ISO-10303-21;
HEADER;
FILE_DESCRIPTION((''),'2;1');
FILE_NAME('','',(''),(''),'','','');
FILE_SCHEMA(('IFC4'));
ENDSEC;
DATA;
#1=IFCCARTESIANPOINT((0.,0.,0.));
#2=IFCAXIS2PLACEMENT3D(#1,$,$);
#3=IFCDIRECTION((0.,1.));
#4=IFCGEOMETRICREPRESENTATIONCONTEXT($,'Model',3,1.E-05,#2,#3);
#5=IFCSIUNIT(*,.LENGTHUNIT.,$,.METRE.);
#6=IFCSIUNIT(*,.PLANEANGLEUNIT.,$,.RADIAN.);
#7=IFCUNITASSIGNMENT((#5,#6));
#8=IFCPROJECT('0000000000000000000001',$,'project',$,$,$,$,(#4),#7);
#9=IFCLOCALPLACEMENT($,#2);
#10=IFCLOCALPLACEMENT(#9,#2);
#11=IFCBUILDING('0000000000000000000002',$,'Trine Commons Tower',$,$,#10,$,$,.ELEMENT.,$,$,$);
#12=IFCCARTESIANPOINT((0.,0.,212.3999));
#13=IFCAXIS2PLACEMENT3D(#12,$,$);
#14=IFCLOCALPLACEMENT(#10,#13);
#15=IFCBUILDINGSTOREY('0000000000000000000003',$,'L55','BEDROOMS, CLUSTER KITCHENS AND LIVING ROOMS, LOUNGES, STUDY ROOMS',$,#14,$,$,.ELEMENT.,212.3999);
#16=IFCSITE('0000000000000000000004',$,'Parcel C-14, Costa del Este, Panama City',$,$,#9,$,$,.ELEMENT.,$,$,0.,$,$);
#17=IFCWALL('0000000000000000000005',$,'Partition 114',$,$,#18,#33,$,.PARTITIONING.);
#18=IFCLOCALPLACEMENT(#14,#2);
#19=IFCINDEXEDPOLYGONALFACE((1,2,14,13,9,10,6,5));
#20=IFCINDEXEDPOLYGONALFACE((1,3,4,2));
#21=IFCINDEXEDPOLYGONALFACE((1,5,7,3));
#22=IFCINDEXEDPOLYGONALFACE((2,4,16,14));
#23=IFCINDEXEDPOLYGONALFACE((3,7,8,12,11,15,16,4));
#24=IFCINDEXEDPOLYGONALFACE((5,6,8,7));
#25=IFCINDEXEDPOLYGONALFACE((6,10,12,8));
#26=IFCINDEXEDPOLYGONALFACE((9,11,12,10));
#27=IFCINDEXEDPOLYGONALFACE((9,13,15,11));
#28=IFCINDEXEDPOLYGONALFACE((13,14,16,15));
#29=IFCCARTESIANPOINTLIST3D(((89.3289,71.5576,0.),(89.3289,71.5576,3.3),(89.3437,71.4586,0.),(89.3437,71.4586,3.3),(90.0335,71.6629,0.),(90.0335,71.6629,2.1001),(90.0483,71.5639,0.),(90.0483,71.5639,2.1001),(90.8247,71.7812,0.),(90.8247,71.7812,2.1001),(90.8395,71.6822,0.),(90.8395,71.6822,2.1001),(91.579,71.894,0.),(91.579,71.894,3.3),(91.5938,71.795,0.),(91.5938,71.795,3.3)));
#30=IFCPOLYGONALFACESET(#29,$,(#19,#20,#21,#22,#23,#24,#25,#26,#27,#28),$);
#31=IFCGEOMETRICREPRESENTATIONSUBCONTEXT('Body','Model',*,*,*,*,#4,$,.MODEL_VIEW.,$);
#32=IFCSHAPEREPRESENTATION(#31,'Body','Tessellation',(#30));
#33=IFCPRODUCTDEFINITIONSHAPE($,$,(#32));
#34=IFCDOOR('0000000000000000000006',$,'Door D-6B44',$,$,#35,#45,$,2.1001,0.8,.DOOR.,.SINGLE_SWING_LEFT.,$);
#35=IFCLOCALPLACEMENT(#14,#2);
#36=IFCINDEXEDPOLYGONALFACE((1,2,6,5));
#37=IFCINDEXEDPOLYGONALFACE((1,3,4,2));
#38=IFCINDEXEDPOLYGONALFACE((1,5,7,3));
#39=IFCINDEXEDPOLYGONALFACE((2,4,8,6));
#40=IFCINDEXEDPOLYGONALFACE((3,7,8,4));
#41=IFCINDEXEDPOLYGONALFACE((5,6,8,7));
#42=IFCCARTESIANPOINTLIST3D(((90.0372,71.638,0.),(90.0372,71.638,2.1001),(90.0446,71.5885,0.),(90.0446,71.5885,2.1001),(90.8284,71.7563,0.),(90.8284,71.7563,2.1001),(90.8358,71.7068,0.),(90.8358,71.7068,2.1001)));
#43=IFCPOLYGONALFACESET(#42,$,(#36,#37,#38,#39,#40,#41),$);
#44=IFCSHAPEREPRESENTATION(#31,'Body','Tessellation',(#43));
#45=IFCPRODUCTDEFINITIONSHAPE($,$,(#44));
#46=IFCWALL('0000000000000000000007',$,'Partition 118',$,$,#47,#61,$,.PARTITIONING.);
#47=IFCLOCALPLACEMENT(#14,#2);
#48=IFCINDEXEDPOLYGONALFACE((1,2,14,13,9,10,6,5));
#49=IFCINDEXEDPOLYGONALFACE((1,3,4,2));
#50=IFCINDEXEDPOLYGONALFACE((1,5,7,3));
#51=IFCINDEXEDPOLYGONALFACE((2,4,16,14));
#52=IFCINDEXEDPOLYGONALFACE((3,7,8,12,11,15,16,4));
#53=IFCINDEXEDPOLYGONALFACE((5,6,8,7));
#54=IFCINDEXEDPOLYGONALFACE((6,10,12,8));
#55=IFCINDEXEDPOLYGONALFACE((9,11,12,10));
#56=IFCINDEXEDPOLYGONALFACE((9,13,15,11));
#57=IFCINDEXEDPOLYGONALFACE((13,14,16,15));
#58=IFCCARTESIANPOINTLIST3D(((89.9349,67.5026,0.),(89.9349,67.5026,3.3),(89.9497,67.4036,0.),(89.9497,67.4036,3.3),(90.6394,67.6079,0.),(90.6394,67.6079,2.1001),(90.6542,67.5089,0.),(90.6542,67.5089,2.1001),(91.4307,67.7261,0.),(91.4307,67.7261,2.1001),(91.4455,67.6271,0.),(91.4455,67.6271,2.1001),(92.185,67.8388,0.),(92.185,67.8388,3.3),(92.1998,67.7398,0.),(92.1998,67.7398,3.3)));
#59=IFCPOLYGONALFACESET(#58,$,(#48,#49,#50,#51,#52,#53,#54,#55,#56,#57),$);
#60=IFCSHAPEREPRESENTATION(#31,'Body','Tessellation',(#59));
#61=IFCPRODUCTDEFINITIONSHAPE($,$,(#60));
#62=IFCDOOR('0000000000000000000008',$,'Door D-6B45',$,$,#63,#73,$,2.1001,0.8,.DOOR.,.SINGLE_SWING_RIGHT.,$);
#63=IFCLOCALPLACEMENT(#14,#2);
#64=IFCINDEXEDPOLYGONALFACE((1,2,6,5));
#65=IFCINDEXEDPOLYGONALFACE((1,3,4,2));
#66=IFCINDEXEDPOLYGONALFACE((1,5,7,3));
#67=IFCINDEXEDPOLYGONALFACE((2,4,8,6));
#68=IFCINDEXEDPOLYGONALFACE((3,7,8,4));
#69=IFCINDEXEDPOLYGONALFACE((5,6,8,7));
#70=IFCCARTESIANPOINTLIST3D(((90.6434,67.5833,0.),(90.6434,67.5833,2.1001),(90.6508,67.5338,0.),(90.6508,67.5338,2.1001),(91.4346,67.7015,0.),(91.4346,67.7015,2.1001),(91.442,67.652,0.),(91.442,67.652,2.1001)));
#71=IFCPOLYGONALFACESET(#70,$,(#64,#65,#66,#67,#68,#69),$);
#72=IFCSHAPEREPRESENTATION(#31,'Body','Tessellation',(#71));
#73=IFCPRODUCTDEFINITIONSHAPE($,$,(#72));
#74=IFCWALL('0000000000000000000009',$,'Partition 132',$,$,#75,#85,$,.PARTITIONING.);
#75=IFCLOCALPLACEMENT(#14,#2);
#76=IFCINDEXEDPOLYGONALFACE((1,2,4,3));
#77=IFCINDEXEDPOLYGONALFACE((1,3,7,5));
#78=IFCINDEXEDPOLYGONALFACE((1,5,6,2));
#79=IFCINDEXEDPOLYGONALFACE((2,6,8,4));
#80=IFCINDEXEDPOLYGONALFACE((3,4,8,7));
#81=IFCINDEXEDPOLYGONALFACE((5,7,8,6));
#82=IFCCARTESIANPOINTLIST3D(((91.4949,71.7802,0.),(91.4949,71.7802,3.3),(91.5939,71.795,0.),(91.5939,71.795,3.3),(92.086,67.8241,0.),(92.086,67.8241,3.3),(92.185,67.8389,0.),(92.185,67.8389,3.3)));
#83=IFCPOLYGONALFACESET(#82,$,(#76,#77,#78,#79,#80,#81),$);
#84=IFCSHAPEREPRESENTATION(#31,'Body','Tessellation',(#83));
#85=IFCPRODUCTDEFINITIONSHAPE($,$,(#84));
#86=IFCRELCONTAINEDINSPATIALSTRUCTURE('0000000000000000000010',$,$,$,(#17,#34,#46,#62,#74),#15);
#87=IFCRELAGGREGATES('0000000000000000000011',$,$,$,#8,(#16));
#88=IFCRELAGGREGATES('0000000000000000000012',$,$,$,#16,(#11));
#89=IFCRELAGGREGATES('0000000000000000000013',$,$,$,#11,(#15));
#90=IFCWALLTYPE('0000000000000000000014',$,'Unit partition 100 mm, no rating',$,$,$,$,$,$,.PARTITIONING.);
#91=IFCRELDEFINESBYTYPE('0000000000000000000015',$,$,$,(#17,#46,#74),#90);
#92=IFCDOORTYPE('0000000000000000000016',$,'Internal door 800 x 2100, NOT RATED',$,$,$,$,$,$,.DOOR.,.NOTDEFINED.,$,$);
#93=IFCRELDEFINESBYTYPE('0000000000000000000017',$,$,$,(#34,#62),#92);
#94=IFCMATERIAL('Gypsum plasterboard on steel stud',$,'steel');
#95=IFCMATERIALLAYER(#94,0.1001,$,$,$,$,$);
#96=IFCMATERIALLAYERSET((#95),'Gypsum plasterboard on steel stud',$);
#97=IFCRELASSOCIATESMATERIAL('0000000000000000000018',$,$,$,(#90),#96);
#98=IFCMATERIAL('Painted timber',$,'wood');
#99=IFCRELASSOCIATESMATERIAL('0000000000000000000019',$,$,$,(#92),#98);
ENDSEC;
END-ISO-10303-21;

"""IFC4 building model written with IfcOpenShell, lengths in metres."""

from ifc_helpers import new_model, si_unit, direction, frame, frame_2d, origin, place, context, subcontext, project, spatial, rectangle, extrude, material, layer, layer_set, type_object, element, fill, save


model = new_model("IFC4")

# Units and contexts
model_context = context("Model", 3, precision=1e-05, world=origin(), true_north=direction((0.0, 1.0)))
body_context = subcontext(model_context, "Body", "Model", "MODEL_VIEW")
ifc_project = project(units=[si_unit("LENGTHUNIT", "METRE"), si_unit("PLANEANGLEUNIT", "RADIAN")], contexts=[model_context])

# Site, building, storey
site_placement = place(None, origin())
site = spatial("IfcSite", under=ifc_project, at=site_placement, Name="Parcel C-14, Costa del Este, Panama City", CompositionType="ELEMENT", RefElevation=0.0)
building_placement = place(site_placement, origin())
building = spatial("IfcBuilding", under=site, at=building_placement, Name="Trine Commons Tower", CompositionType="ELEMENT")
storey_placement = place(building_placement, frame((0.0, 0.0, 212.3999)))
storey = spatial("IfcBuildingStorey", under=building, at=storey_placement, Name="L55", Description="BEDROOMS, CLUSTER KITCHENS AND LIVING ROOMS, LOUNGES, STUDY ROOMS", CompositionType="ELEMENT", Elevation=212.3999)

# Shared definitions
ifc_material_1 = material(Name="Gypsum plasterboard on steel stud", Category="steel")

# Walls, openings, doors
ifc_layer_1 = layer(ifc_material_1, 0.1001)
ifc_layer_set_1 = layer_set([ifc_layer_1], Name="Gypsum plasterboard on steel stud")
wall_type_1 = type_object("IfcWallType", Name="Unit partition 100 mm, no rating", PredefinedType="PARTITIONING", material=ifc_layer_set_1)
wall_1_placement = place(storey_placement, frame((89.3362, 71.5081, 0.0), z_axis=(0.0, 0.0, 1.0), x_axis=(0.989008, 0.147863, 0.0)))
wall_1 = element("IfcWall", 1, at=wall_1_placement, inside=storey, type_object=wall_type_1, Name="Partition 114", PredefinedType="PARTITIONING", context=body_context, shape_type="SweptSolid", body=[
    extrude(rectangle(XDim=2.2751, YDim=0.1001, at=frame_2d((1.1377, 0.0))), origin(), (0.0, 0.0, 1.0), 3.3),
])
opening_1_placement = place(wall_1_placement, frame((0.7126, 0.0, 0.0)))
opening_1 = element("IfcOpeningElement", 2, at=opening_1_placement, cuts=wall_1, PredefinedType="OPENING", context=body_context, shape_type="SweptSolid", body=[
    extrude(rectangle(XDim=0.8, YDim=2.1001, at=frame_2d((0.3999, 1.05))), frame((0.0, 0.0601, 0.0), z_axis=(0.0, -1.0, 0.0), x_axis=(1.0, 0.0, 0.0)), (0.0, 0.0, 1.0), 0.1201),
])
ifc_material_2 = material(Name="Painted timber", Category="wood")
door_type_1 = type_object("IfcDoorType", Name="Internal door 800 x 2100, NOT RATED", OperationType="NOTDEFINED", PredefinedType="DOOR", material=ifc_material_2)
door_1_placement = place(opening_1_placement, origin())
door_1 = element("IfcDoor", 3, at=door_1_placement, inside=storey, type_object=door_type_1, Name="Door D-6B44", OperationType="SINGLE_SWING_LEFT", OverallHeight=2.1001, OverallWidth=0.8, PredefinedType="DOOR", context=body_context, shape_type="SweptSolid", body=[
    extrude(rectangle(XDim=0.8, YDim=2.1001, at=frame_2d((0.3999, 1.05))), frame((0.0, 0.0249, 0.0), z_axis=(0.0, -1.0, 0.0), x_axis=(1.0, 0.0, 0.0)), (0.0, 0.0, 1.0), 0.05),
])
fill(opening_1, door_1)
wall_2_placement = place(storey_placement, frame((89.9421, 67.4531, 0.0), z_axis=(0.0, 0.0, 1.0), x_axis=(0.989024, 0.147758, 0.0)))
wall_2 = element("IfcWall", 4, at=wall_2_placement, inside=storey, type_object=wall_type_1, Name="Partition 118", PredefinedType="PARTITIONING", context=body_context, shape_type="SweptSolid", body=[
    extrude(rectangle(XDim=2.2751, YDim=0.1001, at=frame_2d((1.1377, 0.0))), origin(), (0.0, 0.0, 1.0), 3.3),
])
opening_2_placement = place(wall_2_placement, frame((0.7126, 0.0, 0.0)))
opening_2 = element("IfcOpeningElement", 5, at=opening_2_placement, cuts=wall_2, PredefinedType="OPENING", context=body_context, shape_type="SweptSolid", body=[
    extrude(rectangle(XDim=0.8, YDim=2.1001, at=frame_2d((0.3999, 1.05))), frame((0.0, 0.0601, 0.0), z_axis=(0.0, -1.0, 0.0), x_axis=(1.0, 0.0, 0.0)), (0.0, 0.0, 1.0), 0.1201),
])
door_2_placement = place(opening_2_placement, frame((0.8, 0.0, 0.0), z_axis=(0.0, 0.0, 1.0), x_axis=(-1.0, 0.0, 0.0)))
door_2 = element("IfcDoor", 6, at=door_2_placement, inside=storey, type_object=door_type_1, Name="Door D-6B45", OperationType="SINGLE_SWING_RIGHT", OverallHeight=2.1001, OverallWidth=0.8, PredefinedType="DOOR", context=body_context, shape_type="SweptSolid", body=[
    extrude(rectangle(XDim=0.8, YDim=2.1001, at=frame_2d((0.3999, 1.05))), frame((0.0, 0.0249, 0.0), z_axis=(0.0, -1.0, 0.0), x_axis=(1.0, 0.0, 0.0)), (0.0, 0.0, 1.0), 0.05),
])
fill(opening_2, door_2)

# Wall
wall_3_placement = place(storey_placement, frame((91.5444, 71.7876, 0.0), z_axis=(0.0, 0.0, 1.0), x_axis=(0.147767, -0.989022, 0.0)))
element("IfcWall", 7, at=wall_3_placement, inside=storey, type_object=wall_type_1, Name="Partition 132", PredefinedType="PARTITIONING", context=body_context, shape_type="SweptSolid", body=[
    extrude(rectangle(XDim=4.0, YDim=0.1001, at=frame_2d((2.0, 0.0))), origin(), (0.0, 0.0, 1.0), 3.3),
])

save(model, "model.ifc")
